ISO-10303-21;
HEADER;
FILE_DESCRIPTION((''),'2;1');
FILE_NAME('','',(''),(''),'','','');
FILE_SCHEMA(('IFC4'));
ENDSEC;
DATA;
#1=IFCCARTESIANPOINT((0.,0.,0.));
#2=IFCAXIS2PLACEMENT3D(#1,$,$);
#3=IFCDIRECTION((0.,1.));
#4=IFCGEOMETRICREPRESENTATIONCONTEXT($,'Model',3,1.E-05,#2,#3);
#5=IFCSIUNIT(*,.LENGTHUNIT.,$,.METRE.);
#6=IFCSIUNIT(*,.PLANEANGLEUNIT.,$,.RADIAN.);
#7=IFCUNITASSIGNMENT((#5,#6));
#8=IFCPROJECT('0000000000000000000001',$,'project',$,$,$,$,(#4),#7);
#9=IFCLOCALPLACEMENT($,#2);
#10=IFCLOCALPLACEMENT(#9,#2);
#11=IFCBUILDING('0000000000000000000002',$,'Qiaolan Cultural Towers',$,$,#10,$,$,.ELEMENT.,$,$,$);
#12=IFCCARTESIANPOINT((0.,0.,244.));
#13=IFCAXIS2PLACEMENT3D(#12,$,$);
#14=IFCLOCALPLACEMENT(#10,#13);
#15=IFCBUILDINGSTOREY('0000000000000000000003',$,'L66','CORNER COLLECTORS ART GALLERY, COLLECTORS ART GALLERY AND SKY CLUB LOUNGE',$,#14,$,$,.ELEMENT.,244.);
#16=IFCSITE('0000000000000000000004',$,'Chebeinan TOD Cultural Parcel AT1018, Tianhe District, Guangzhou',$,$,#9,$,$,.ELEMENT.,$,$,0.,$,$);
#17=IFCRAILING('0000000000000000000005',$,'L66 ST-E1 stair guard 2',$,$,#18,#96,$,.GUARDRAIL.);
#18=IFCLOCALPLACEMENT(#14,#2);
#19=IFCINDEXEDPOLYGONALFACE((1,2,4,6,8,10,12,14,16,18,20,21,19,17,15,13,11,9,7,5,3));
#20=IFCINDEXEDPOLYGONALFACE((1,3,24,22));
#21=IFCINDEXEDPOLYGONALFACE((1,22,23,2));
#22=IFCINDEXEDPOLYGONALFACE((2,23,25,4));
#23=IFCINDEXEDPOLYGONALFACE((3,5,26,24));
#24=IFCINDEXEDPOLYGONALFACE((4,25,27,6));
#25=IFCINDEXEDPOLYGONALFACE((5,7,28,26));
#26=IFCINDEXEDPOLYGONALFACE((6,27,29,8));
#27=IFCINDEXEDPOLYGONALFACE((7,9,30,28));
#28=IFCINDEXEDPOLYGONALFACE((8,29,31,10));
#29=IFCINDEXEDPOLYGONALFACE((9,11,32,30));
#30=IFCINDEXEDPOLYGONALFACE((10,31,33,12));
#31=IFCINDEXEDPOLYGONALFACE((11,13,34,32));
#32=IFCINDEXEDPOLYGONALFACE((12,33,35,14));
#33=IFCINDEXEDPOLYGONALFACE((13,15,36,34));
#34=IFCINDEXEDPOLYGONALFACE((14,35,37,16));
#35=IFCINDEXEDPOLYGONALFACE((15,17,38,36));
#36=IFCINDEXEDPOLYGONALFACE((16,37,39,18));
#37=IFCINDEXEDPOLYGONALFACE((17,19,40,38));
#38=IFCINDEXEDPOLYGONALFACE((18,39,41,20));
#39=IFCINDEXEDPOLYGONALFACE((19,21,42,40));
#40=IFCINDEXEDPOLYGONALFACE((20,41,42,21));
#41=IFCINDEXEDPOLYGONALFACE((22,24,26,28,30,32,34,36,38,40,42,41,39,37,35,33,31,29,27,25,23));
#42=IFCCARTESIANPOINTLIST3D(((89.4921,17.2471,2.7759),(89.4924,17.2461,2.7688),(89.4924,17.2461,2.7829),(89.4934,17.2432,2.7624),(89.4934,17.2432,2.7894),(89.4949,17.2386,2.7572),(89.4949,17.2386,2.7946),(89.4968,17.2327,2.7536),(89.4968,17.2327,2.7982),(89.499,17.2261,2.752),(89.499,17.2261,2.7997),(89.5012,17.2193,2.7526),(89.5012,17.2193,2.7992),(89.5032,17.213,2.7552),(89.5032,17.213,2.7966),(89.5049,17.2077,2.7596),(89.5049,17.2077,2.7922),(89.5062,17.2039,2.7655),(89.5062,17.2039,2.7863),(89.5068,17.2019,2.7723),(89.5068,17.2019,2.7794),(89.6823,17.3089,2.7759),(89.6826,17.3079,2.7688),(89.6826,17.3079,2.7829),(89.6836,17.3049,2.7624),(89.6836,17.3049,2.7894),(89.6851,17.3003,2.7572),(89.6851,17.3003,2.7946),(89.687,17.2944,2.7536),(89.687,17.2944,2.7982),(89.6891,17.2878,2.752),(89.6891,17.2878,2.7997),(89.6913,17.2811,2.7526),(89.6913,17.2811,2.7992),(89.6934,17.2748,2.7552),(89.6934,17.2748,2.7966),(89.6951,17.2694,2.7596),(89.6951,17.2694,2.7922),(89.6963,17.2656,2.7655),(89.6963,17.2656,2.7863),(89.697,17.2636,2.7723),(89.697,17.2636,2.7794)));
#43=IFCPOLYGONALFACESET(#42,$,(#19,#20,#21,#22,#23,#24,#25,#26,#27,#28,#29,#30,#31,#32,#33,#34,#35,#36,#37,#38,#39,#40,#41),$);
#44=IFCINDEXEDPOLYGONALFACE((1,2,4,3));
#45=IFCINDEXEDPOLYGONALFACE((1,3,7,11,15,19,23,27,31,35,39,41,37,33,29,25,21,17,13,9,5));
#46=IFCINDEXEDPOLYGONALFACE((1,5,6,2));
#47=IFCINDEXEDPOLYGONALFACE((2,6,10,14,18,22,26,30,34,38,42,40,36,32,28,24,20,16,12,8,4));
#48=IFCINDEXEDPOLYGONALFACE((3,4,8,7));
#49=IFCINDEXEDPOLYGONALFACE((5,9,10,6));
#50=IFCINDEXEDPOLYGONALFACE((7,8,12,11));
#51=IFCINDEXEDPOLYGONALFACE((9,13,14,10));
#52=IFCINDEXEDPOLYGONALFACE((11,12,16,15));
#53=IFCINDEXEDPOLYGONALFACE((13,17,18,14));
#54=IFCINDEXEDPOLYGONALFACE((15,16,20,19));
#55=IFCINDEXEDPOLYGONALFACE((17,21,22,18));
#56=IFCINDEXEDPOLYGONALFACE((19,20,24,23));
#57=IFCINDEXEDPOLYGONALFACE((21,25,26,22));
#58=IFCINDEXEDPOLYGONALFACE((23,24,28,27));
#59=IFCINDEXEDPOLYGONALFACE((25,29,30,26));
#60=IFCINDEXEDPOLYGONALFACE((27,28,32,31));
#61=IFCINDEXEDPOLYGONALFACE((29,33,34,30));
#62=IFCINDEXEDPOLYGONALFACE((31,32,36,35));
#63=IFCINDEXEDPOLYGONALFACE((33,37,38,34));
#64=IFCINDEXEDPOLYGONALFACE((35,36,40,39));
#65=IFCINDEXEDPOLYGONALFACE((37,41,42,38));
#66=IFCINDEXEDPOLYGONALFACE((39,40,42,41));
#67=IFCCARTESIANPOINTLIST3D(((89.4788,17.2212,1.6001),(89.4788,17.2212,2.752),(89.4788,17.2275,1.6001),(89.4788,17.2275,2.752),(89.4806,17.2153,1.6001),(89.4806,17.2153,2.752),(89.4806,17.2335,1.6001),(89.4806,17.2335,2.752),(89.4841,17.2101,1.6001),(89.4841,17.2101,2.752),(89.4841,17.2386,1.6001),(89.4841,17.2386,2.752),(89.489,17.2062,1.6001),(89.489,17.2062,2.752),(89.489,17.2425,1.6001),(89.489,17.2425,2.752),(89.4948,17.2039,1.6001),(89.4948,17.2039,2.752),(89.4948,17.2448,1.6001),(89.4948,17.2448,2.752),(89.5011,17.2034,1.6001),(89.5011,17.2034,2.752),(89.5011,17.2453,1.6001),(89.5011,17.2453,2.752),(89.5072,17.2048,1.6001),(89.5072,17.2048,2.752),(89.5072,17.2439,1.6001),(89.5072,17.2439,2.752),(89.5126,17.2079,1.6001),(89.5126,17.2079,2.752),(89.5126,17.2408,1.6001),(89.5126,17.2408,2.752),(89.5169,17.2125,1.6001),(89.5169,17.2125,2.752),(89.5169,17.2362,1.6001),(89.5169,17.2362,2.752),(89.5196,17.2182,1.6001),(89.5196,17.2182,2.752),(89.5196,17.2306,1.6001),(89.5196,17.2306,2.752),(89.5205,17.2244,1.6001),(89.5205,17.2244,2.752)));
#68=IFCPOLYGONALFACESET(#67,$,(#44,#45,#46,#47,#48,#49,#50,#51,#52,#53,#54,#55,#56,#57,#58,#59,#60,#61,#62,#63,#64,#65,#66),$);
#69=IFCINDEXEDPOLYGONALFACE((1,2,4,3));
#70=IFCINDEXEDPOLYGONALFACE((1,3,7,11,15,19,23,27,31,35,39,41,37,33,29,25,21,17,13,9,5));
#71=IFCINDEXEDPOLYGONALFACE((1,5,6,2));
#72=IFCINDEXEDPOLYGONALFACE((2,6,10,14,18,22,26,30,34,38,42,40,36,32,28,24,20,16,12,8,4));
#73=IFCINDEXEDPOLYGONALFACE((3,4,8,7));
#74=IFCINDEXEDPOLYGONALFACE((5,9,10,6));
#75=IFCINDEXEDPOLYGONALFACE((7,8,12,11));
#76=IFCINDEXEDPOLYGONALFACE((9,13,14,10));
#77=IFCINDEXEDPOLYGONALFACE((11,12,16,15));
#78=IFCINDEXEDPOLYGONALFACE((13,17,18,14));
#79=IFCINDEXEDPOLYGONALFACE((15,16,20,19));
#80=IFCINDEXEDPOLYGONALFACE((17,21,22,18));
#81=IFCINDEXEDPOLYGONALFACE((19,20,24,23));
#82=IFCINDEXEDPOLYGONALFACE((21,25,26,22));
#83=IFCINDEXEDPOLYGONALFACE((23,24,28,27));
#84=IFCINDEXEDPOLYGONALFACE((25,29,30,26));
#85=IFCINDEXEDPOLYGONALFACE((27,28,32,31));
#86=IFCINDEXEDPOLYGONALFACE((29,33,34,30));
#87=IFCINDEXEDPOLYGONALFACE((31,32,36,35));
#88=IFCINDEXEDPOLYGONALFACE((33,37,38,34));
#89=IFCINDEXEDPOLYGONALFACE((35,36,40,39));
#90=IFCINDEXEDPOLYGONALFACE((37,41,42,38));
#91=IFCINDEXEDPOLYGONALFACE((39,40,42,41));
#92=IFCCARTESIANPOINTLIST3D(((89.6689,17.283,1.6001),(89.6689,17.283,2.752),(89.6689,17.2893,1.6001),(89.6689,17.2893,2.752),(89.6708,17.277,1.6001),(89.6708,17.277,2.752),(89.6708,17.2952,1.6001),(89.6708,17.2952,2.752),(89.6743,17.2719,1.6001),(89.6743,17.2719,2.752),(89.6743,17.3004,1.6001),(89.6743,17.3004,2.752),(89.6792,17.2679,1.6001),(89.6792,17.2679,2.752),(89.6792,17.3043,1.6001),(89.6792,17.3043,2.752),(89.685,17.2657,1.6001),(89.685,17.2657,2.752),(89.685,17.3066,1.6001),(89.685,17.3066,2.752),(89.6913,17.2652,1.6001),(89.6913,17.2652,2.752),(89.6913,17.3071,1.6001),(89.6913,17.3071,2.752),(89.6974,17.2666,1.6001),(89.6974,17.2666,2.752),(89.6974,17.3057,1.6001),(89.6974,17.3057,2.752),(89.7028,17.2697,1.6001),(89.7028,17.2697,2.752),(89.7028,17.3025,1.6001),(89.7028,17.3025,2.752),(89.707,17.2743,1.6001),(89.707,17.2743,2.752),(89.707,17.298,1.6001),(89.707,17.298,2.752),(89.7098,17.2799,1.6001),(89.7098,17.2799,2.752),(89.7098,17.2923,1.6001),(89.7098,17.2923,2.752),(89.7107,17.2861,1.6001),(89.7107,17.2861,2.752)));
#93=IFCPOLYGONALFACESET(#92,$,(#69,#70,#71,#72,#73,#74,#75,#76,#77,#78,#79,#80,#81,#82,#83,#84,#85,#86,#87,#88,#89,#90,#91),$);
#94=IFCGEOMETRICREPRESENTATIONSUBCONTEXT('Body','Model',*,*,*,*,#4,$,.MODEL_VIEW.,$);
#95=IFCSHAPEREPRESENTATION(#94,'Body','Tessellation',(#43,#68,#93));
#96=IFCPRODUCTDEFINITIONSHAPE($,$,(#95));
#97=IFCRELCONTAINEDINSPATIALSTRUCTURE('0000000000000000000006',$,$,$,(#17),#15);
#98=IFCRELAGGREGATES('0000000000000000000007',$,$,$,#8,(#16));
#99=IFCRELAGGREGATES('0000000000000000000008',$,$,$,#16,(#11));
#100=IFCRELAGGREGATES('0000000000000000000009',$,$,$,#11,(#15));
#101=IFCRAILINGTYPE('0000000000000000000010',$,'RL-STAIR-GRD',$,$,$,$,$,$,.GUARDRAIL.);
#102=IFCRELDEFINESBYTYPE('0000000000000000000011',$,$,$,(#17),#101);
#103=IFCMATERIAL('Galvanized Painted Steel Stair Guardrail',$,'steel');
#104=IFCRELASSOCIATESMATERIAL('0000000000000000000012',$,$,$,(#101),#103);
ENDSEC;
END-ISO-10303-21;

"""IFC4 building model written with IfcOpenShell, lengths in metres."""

from ifc_helpers import new_model, si_unit, direction, frame, origin, origin_2d, place, context, subcontext, project, spatial, circle, extrude, material, type_object, element, save


model = new_model("IFC4")

# Units and contexts
model_context = context("Model", 3, precision=1e-05, world=origin(), true_north=direction((0.0, 1.0)))
body_context = subcontext(model_context, "Body", "Model", "MODEL_VIEW")
ifc_project = project(units=[si_unit("LENGTHUNIT", "METRE"), si_unit("PLANEANGLEUNIT", "RADIAN")], contexts=[model_context])

# Site, building, storey
site_placement = place(None, origin())
site = spatial("IfcSite", under=ifc_project, at=site_placement, Name="Chebeinan TOD Cultural Parcel AT1018, Tianhe District, Guangzhou", CompositionType="ELEMENT", RefElevation=0.0)
building_placement = place(site_placement, origin())
building = spatial("IfcBuilding", under=site, at=building_placement, Name="Qiaolan Cultural Towers", CompositionType="ELEMENT")
storey_placement = place(building_placement, frame((0.0, 0.0, 244.0)))
storey = spatial("IfcBuildingStorey", under=building, at=storey_placement, Name="L66", Description="CORNER COLLECTORS ART GALLERY, COLLECTORS ART GALLERY AND SKY CLUB LOUNGE", CompositionType="ELEMENT", Elevation=244.0)

# Railing
ifc_material_1 = material(Name="Galvanized Painted Steel Stair Guardrail", Category="steel")
railing_type_1 = type_object("IfcRailingType", Name="RL-STAIR-GRD", PredefinedType="GUARDRAIL", material=ifc_material_1)
railing_1_placement = place(storey_placement, frame((89.4995, 17.2244, 1.6001)))
element("IfcRailing", 1, at=railing_1_placement, inside=storey, type_object=railing_type_1, Name="L66 ST-E1 stair guard 2", PredefinedType="GUARDRAIL", context=body_context, shape_type="SweptSolid", body=[
    extrude(circle(Radius=0.0239, at=origin_2d()), frame((0.0, 0.0, 1.1758), z_axis=(0.951097, 0.308893, 0.0), x_axis=(-0.308893, 0.951097, 0.0)), (0.0, 0.0, 1.0), 0.2),
    extrude(circle(Radius=0.021, at=origin_2d()), origin(), (0.0, 0.0, 1.0), 1.1519),
    extrude(circle(Radius=0.021, at=origin_2d()), frame((0.1902, 0.0618, 0.0)), (0.0, 0.0, 1.0), 1.1519),
])

save(model, "model.ifc")
